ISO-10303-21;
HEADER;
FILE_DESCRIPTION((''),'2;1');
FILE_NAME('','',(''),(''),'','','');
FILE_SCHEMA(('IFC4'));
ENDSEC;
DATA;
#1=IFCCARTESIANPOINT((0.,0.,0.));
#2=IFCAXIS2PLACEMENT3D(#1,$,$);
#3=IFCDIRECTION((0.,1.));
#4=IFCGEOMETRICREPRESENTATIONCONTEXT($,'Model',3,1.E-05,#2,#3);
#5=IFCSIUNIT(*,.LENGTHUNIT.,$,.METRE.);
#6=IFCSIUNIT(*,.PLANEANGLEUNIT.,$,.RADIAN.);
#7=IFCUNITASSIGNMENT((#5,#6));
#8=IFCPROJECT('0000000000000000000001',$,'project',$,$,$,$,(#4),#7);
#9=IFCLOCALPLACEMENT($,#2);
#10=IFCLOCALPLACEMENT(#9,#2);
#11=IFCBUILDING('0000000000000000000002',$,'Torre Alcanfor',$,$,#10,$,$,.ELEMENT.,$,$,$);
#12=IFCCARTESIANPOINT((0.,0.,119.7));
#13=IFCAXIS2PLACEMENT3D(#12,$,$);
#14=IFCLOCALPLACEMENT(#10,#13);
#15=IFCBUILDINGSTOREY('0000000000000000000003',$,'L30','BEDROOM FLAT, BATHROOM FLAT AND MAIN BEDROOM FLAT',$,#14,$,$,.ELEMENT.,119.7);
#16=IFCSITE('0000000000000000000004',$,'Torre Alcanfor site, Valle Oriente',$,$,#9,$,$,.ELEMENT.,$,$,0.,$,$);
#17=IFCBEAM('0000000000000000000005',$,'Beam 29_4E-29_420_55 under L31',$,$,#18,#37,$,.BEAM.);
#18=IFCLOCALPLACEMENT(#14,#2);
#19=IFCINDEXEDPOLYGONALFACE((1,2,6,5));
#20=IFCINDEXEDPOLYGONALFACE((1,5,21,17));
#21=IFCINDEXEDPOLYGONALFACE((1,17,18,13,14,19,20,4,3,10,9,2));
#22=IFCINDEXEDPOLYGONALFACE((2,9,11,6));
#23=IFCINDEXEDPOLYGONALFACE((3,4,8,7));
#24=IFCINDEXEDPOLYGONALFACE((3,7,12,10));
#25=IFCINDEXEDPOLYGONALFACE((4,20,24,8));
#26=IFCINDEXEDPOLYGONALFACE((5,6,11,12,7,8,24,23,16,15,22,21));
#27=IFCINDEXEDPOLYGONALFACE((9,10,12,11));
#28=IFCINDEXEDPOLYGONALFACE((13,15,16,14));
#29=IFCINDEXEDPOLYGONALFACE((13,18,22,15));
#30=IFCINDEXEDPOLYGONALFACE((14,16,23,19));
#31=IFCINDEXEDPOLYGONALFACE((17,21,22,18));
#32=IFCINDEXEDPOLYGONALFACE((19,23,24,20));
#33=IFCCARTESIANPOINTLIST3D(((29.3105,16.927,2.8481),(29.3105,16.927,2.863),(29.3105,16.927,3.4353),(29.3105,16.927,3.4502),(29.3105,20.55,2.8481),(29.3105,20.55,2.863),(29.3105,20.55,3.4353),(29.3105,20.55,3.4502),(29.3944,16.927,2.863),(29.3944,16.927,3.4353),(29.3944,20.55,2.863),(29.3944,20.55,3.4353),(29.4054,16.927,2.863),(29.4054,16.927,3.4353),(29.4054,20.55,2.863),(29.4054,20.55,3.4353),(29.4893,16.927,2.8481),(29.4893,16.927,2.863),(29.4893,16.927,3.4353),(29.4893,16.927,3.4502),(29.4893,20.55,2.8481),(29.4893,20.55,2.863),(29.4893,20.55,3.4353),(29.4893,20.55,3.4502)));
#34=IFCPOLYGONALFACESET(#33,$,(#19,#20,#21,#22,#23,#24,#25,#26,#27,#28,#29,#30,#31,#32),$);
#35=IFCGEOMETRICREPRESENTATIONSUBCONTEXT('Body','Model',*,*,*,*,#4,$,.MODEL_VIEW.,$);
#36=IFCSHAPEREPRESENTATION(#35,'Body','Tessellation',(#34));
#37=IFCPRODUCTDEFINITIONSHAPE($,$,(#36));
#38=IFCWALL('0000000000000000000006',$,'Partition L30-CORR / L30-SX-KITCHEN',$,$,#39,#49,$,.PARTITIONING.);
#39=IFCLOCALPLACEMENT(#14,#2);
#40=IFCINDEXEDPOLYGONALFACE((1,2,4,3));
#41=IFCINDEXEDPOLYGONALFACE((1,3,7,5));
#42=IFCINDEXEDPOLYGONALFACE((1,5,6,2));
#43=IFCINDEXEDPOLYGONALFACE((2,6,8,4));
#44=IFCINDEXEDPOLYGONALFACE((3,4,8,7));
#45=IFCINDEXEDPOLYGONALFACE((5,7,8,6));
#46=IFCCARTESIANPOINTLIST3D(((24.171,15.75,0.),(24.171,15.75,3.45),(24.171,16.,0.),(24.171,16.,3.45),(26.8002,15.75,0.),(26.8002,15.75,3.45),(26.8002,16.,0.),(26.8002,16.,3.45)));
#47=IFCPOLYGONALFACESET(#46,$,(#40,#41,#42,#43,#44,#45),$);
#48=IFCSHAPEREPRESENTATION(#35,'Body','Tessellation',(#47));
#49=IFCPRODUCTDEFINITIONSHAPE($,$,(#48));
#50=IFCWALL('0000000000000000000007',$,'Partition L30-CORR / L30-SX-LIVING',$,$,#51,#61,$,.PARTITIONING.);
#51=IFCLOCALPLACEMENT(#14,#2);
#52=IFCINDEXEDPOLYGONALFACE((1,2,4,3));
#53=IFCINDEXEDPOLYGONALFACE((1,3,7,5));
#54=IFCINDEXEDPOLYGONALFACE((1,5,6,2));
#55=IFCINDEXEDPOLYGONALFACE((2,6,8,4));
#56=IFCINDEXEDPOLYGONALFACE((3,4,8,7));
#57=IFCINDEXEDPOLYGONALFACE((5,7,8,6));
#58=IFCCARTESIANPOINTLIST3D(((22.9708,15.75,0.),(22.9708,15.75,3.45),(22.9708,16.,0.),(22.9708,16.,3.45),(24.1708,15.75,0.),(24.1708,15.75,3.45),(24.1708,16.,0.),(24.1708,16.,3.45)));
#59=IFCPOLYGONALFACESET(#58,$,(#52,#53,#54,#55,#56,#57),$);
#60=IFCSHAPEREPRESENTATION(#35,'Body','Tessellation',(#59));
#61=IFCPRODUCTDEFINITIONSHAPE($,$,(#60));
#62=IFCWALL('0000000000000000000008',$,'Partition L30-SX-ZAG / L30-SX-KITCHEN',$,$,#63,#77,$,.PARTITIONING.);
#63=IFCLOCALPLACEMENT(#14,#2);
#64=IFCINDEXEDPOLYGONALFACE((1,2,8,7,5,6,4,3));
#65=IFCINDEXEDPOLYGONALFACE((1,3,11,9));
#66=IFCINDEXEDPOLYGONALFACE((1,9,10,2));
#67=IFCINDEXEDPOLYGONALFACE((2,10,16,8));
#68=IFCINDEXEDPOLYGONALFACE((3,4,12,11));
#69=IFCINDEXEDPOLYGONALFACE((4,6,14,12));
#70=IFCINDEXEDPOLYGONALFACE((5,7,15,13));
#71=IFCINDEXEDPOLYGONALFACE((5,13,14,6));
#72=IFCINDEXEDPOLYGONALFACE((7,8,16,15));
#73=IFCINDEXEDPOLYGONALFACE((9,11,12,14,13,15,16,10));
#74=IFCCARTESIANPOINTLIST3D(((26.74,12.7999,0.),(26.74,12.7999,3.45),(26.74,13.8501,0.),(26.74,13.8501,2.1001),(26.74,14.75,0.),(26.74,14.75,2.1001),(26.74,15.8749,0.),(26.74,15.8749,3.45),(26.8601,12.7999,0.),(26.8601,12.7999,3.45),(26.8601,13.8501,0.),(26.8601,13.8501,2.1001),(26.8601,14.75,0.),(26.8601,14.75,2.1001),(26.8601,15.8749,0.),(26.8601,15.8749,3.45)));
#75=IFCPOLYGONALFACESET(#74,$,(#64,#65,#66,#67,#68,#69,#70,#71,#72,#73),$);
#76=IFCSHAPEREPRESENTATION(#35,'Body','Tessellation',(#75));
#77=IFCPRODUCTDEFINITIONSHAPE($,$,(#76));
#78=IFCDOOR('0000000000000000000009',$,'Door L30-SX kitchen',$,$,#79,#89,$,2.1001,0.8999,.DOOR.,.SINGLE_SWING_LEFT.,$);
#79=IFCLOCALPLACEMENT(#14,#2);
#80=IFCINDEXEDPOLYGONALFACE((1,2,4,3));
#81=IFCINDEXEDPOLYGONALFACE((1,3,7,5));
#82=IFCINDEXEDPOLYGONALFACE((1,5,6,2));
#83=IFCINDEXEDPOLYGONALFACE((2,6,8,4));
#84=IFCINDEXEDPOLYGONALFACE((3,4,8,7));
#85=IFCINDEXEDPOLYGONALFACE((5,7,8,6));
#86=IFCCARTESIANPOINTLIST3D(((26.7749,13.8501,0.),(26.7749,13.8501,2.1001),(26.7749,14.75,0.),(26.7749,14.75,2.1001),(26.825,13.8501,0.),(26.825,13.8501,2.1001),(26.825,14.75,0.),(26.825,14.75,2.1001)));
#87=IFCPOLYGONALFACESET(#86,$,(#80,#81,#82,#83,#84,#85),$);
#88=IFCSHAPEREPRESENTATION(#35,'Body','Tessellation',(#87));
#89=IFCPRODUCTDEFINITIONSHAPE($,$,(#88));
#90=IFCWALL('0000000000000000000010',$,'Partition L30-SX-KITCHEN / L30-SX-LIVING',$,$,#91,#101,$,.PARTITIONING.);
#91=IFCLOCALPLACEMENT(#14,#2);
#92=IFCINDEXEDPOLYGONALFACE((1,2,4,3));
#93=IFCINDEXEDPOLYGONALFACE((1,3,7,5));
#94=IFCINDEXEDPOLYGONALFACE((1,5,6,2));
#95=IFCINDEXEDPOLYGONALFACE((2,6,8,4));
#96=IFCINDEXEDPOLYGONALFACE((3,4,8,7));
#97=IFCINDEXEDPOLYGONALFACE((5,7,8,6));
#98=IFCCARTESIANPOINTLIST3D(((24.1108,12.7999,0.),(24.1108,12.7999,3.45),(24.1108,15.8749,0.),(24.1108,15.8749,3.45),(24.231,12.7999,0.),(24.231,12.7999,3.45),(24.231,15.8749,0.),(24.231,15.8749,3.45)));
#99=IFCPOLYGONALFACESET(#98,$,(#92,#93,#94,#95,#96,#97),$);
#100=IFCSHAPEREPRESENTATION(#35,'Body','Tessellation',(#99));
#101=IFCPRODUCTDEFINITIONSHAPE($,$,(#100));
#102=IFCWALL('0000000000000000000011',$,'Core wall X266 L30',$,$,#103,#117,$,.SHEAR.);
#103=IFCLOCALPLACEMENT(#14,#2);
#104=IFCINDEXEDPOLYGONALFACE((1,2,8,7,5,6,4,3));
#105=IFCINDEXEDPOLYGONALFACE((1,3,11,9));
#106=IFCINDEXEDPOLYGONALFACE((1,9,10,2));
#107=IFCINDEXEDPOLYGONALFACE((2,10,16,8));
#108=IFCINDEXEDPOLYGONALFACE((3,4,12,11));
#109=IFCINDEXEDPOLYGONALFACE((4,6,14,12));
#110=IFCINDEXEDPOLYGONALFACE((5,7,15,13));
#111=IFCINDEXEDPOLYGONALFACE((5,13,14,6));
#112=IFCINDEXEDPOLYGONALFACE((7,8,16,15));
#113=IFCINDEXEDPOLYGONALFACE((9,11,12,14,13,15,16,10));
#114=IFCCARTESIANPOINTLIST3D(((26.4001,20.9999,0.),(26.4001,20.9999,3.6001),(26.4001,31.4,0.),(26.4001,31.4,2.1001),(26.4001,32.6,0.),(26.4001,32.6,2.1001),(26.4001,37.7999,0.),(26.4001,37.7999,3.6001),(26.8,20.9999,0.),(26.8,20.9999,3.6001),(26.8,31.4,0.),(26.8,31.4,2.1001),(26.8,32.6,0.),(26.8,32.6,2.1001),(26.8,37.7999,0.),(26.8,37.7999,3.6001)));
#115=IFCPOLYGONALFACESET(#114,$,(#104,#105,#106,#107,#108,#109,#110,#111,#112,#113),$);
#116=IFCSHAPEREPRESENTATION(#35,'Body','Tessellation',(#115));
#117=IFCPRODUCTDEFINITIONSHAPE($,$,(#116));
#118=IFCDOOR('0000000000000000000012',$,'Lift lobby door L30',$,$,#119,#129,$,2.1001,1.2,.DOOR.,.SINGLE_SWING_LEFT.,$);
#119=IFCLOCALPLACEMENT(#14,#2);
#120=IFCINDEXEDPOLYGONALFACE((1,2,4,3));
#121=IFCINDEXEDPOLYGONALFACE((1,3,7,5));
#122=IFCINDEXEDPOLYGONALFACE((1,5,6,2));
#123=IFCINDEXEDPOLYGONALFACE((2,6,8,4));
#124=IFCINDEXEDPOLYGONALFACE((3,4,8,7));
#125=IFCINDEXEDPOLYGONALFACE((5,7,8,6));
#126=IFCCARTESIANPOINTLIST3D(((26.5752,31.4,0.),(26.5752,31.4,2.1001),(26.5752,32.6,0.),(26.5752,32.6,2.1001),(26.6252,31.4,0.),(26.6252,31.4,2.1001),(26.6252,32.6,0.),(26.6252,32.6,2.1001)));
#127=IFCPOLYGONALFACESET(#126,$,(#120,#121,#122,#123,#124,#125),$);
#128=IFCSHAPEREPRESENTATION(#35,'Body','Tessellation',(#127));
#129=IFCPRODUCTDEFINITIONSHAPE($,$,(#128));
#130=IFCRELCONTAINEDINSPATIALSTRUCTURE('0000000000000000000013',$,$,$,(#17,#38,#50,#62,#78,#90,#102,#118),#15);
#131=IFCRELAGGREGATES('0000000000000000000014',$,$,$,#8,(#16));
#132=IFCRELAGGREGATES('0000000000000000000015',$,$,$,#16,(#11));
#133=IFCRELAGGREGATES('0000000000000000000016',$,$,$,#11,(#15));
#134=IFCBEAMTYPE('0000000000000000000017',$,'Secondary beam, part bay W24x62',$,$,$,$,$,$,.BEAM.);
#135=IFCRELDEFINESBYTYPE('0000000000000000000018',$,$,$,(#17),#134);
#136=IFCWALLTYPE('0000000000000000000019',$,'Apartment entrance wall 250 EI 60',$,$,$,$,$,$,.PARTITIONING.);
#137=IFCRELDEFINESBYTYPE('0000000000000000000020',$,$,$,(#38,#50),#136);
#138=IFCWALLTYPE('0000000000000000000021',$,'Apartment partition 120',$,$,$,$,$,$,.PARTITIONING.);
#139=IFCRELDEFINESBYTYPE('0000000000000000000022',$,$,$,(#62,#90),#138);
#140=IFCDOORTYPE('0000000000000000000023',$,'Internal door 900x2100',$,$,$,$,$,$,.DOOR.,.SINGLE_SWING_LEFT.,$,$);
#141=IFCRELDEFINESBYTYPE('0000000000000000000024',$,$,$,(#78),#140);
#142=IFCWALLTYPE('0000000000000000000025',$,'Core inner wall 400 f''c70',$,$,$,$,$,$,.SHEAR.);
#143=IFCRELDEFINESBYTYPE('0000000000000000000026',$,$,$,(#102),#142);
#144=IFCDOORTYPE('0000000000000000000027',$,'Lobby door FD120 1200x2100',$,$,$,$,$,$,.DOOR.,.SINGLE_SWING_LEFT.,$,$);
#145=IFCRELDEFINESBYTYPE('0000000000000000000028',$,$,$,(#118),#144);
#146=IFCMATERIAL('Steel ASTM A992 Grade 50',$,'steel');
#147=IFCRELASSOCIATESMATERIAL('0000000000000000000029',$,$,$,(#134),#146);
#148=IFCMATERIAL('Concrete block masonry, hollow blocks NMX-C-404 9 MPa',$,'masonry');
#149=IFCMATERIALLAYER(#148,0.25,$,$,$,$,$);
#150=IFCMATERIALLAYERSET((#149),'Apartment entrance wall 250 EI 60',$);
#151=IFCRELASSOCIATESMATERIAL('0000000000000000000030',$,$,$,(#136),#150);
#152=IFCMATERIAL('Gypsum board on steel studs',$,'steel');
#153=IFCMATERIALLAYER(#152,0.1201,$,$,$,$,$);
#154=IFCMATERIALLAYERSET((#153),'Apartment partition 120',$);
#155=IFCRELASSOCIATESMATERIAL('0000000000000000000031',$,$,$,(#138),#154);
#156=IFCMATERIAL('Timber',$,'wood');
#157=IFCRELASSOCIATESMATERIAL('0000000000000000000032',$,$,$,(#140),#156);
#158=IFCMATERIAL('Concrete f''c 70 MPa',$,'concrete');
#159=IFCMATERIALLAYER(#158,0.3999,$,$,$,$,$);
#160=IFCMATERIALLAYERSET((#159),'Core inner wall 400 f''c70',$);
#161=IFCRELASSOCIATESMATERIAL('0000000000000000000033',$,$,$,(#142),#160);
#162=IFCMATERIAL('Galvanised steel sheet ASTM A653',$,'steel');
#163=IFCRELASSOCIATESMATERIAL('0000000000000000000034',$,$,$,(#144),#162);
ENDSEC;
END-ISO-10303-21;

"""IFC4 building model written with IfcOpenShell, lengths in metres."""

from ifc_helpers import new_model, si_unit, direction, frame, frame_2d, origin, origin_2d, place, context, subcontext, project, spatial, rectangle, i_section, extrude, material, layer, layer_set, material_profile, profile_set, type_object, element, fill, save


model = new_model("IFC4")

# Units and contexts
model_context = context("Model", 3, precision=1e-05, world=origin(), true_north=direction((0.0, 1.0)))
body_context = subcontext(model_context, "Body", "Model", "MODEL_VIEW")
ifc_project = project(units=[si_unit("LENGTHUNIT", "METRE"), si_unit("PLANEANGLEUNIT", "RADIAN")], contexts=[model_context])

# Site, building, storey
site_placement = place(None, origin())
site = spatial("IfcSite", under=ifc_project, at=site_placement, Name="Torre Alcanfor site, Valle Oriente", CompositionType="ELEMENT", RefElevation=0.0)
building_placement = place(site_placement, origin())
building = spatial("IfcBuilding", under=site, at=building_placement, Name="Torre Alcanfor", CompositionType="ELEMENT")
storey_placement = place(building_placement, frame((0.0, 0.0, 119.7)))
storey = spatial("IfcBuildingStorey", under=building, at=storey_placement, Name="L30", Description="BEDROOM FLAT, BATHROOM FLAT AND MAIN BEDROOM FLAT", CompositionType="ELEMENT", Elevation=119.7)

# Beam
ifc_material_1 = material(Name="Steel ASTM A992 Grade 50", Category="steel")
ifc_material_profile_1 = material_profile(ifc_material_1, i_section(OverallWidth=0.1787, OverallDepth=0.6021, WebThickness=0.011, FlangeThickness=0.0149, at=origin_2d()), Name="W24x62")
ifc_profile_set_1 = profile_set([ifc_material_profile_1], Name="Steel ASTM A992 Grade 50")
beam_type_1 = type_object("IfcBeamType", Name="Secondary beam, part bay W24x62", PredefinedType="BEAM", material=ifc_profile_set_1)
for number, where, z_axis, x_axis, name in (
    (1, (29.3999, 16.927, 3.1492), (0.0, 1.0, 0.0), (-1.0, 0.0, 0.0), "Beam 29_4E-29_420_55 under L31"),
):
    element("IfcBeam", number, at=place(storey_placement, frame(where, z_axis=z_axis, x_axis=x_axis)), inside=storey, type_object=beam_type_1, Name=name, PredefinedType="BEAM", context=body_context, shape_type="SweptSolid", body=[
        extrude(i_section(OverallWidth=0.1787, OverallDepth=0.6021, WebThickness=0.011, FlangeThickness=0.0149, at=origin_2d()), origin(), (0.0, 0.0, 1.0), 3.623),
    ])

# Walls
ifc_material_2 = material(Name="Concrete block masonry, hollow blocks NMX-C-404 9 MPa", Category="masonry")
ifc_layer_1 = layer(ifc_material_2, 0.25)
ifc_layer_set_1 = layer_set([ifc_layer_1], Name="Apartment entrance wall 250 EI 60")
wall_type_1 = type_object("IfcWallType", Name="Apartment entrance wall 250 EI 60", PredefinedType="PARTITIONING", material=ifc_layer_set_1)
wall_1_placement = place(storey_placement, frame((26.8, 15.875, 0.0), z_axis=(0.0, 0.0, 1.0), x_axis=(-1.0, 0.0, 0.0)))
element("IfcWall", 2, at=wall_1_placement, inside=storey, type_object=wall_type_1, Name="Partition L30-CORR / L30-SX-KITCHEN", PredefinedType="PARTITIONING", context=body_context, shape_type="SweptSolid", body=[
    extrude(rectangle(XDim=2.6292, YDim=0.25, at=frame_2d((1.3145, 0.0))), origin(), (0.0, 0.0, 1.0), 3.45),
])
wall_2_placement = place(storey_placement, frame((24.1709, 15.875, 0.0), z_axis=(0.0, 0.0, 1.0), x_axis=(-1.0, 0.0, 0.0)))
element("IfcWall", 3, at=wall_2_placement, inside=storey, type_object=wall_type_1, Name="Partition L30-CORR / L30-SX-LIVING", PredefinedType="PARTITIONING", context=body_context, shape_type="SweptSolid", body=[
    extrude(rectangle(XDim=1.2, YDim=0.25, at=frame_2d((0.6001, 0.0))), origin(), (0.0, 0.0, 1.0), 3.45),
])

# Wall, opening, door
ifc_material_3 = material(Name="Gypsum board on steel studs", Category="steel")
ifc_layer_2 = layer(ifc_material_3, 0.1201)
ifc_layer_set_2 = layer_set([ifc_layer_2], Name="Apartment partition 120")
wall_type_2 = type_object("IfcWallType", Name="Apartment partition 120", PredefinedType="PARTITIONING", material=ifc_layer_set_2)
wall_3_placement = place(storey_placement, frame((26.8, 15.875, 0.0), z_axis=(0.0, 0.0, 1.0), x_axis=(0.0, -1.0, 0.0)))
wall_3 = element("IfcWall", 4, at=wall_3_placement, inside=storey, type_object=wall_type_2, Name="Partition L30-SX-ZAG / L30-SX-KITCHEN", PredefinedType="PARTITIONING", context=body_context, shape_type="SweptSolid", body=[
    extrude(rectangle(XDim=3.075, YDim=0.1201, at=frame_2d((1.5376, 0.0))), origin(), (0.0, 0.0, 1.0), 3.45),
])
opening_1_placement = place(wall_3_placement, frame((1.125, 0.0, 0.0)))
opening_1 = element("IfcOpeningElement", 5, at=opening_1_placement, cuts=wall_3, PredefinedType="OPENING", context=body_context, shape_type="SweptSolid", body=[
    extrude(rectangle(XDim=0.8999, YDim=2.1001, at=frame_2d((0.45, 1.05))), frame((0.0, 0.0701, 0.0), z_axis=(0.0, -1.0, 0.0), x_axis=(1.0, 0.0, 0.0)), (0.0, 0.0, 1.0), 0.1401),
])
ifc_material_4 = material(Name="Timber", Category="wood")
door_type_1 = type_object("IfcDoorType", Name="Internal door 900x2100", OperationType="SINGLE_SWING_LEFT", PredefinedType="DOOR", material=ifc_material_4)
door_1_placement = place(opening_1_placement, frame((0.8999, 0.0, 0.0), z_axis=(0.0, 0.0, 1.0), x_axis=(-1.0, 0.0, 0.0)))
door_1 = element("IfcDoor", 6, at=door_1_placement, inside=storey, type_object=door_type_1, Name="Door L30-SX kitchen", OperationType="SINGLE_SWING_LEFT", OverallHeight=2.1001, OverallWidth=0.8999, PredefinedType="DOOR", context=body_context, shape_type="SweptSolid", body=[
    extrude(rectangle(XDim=0.8999, YDim=2.1001, at=frame_2d((0.45, 1.05))), frame((0.0, 0.0251, 0.0), z_axis=(0.0, -1.0, 0.0), x_axis=(1.0, 0.0, 0.0)), (0.0, 0.0, 1.0), 0.05),
])
fill(opening_1, door_1)

# Wall
wall_4_placement = place(storey_placement, frame((24.1709, 15.875, 0.0), z_axis=(0.0, 0.0, 1.0), x_axis=(0.0, -1.0, 0.0)))
element("IfcWall", 7, at=wall_4_placement, inside=storey, type_object=wall_type_2, Name="Partition L30-SX-KITCHEN / L30-SX-LIVING", PredefinedType="PARTITIONING", context=body_context, shape_type="SweptSolid", body=[
    extrude(rectangle(XDim=3.075, YDim=0.1201, at=frame_2d((1.5376, 0.0))), origin(), (0.0, 0.0, 1.0), 3.45),
])

# Wall, opening, door
ifc_material_5 = material(Name="Concrete f'c 70 MPa", Category="concrete")
ifc_layer_3 = layer(ifc_material_5, 0.3999)
ifc_layer_set_3 = layer_set([ifc_layer_3], Name="Core inner wall 400 f'c70")
wall_type_3 = type_object("IfcWallType", Name="Core inner wall 400 f'c70", PredefinedType="SHEAR", material=ifc_layer_set_3)
wall_5_placement = place(storey_placement, frame((26.6001, 21.0, 0.0), z_axis=(0.0, 0.0, 1.0), x_axis=(0.0, 1.0, 0.0)))
wall_5 = element("IfcWall", 8, at=wall_5_placement, inside=storey, type_object=wall_type_3, Name="Core wall X266 L30", PredefinedType="SHEAR", context=body_context, shape_type="SweptSolid", body=[
    extrude(rectangle(XDim=16.8, YDim=0.3999, at=frame_2d((8.3999, 0.0))), origin(), (0.0, 0.0, 1.0), 3.6001),
])
opening_2_placement = place(wall_5_placement, frame((10.3999, 0.0, 0.0)))
opening_2 = element("IfcOpeningElement", 9, at=opening_2_placement, cuts=wall_5, PredefinedType="OPENING", context=body_context, shape_type="SweptSolid", body=[
    extrude(rectangle(XDim=1.2, YDim=2.1001, at=frame_2d((0.6001, 1.05))), frame((0.0, 0.21, 0.0), z_axis=(0.0, -1.0, 0.0), x_axis=(1.0, 0.0, 0.0)), (0.0, 0.0, 1.0), 0.4199),
])
ifc_material_6 = material(Name="Galvanised steel sheet ASTM A653", Category="steel")
door_type_2 = type_object("IfcDoorType", Name="Lobby door FD120 1200x2100", OperationType="SINGLE_SWING_LEFT", PredefinedType="DOOR", material=ifc_material_6)
door_2_placement = place(opening_2_placement, origin())
door_2 = element("IfcDoor", 10, at=door_2_placement, inside=storey, type_object=door_type_2, Name="Lift lobby door L30", OperationType="SINGLE_SWING_LEFT", OverallHeight=2.1001, OverallWidth=1.2, PredefinedType="DOOR", context=body_context, shape_type="SweptSolid", body=[
    extrude(rectangle(XDim=1.2, YDim=2.1001, at=frame_2d((0.6001, 1.05))), frame((0.0, 0.0249, 0.0), z_axis=(0.0, -1.0, 0.0), x_axis=(1.0, 0.0, 0.0)), (0.0, 0.0, 1.0), 0.05),
])
fill(opening_2, door_2)

save(model, "model.ifc")
